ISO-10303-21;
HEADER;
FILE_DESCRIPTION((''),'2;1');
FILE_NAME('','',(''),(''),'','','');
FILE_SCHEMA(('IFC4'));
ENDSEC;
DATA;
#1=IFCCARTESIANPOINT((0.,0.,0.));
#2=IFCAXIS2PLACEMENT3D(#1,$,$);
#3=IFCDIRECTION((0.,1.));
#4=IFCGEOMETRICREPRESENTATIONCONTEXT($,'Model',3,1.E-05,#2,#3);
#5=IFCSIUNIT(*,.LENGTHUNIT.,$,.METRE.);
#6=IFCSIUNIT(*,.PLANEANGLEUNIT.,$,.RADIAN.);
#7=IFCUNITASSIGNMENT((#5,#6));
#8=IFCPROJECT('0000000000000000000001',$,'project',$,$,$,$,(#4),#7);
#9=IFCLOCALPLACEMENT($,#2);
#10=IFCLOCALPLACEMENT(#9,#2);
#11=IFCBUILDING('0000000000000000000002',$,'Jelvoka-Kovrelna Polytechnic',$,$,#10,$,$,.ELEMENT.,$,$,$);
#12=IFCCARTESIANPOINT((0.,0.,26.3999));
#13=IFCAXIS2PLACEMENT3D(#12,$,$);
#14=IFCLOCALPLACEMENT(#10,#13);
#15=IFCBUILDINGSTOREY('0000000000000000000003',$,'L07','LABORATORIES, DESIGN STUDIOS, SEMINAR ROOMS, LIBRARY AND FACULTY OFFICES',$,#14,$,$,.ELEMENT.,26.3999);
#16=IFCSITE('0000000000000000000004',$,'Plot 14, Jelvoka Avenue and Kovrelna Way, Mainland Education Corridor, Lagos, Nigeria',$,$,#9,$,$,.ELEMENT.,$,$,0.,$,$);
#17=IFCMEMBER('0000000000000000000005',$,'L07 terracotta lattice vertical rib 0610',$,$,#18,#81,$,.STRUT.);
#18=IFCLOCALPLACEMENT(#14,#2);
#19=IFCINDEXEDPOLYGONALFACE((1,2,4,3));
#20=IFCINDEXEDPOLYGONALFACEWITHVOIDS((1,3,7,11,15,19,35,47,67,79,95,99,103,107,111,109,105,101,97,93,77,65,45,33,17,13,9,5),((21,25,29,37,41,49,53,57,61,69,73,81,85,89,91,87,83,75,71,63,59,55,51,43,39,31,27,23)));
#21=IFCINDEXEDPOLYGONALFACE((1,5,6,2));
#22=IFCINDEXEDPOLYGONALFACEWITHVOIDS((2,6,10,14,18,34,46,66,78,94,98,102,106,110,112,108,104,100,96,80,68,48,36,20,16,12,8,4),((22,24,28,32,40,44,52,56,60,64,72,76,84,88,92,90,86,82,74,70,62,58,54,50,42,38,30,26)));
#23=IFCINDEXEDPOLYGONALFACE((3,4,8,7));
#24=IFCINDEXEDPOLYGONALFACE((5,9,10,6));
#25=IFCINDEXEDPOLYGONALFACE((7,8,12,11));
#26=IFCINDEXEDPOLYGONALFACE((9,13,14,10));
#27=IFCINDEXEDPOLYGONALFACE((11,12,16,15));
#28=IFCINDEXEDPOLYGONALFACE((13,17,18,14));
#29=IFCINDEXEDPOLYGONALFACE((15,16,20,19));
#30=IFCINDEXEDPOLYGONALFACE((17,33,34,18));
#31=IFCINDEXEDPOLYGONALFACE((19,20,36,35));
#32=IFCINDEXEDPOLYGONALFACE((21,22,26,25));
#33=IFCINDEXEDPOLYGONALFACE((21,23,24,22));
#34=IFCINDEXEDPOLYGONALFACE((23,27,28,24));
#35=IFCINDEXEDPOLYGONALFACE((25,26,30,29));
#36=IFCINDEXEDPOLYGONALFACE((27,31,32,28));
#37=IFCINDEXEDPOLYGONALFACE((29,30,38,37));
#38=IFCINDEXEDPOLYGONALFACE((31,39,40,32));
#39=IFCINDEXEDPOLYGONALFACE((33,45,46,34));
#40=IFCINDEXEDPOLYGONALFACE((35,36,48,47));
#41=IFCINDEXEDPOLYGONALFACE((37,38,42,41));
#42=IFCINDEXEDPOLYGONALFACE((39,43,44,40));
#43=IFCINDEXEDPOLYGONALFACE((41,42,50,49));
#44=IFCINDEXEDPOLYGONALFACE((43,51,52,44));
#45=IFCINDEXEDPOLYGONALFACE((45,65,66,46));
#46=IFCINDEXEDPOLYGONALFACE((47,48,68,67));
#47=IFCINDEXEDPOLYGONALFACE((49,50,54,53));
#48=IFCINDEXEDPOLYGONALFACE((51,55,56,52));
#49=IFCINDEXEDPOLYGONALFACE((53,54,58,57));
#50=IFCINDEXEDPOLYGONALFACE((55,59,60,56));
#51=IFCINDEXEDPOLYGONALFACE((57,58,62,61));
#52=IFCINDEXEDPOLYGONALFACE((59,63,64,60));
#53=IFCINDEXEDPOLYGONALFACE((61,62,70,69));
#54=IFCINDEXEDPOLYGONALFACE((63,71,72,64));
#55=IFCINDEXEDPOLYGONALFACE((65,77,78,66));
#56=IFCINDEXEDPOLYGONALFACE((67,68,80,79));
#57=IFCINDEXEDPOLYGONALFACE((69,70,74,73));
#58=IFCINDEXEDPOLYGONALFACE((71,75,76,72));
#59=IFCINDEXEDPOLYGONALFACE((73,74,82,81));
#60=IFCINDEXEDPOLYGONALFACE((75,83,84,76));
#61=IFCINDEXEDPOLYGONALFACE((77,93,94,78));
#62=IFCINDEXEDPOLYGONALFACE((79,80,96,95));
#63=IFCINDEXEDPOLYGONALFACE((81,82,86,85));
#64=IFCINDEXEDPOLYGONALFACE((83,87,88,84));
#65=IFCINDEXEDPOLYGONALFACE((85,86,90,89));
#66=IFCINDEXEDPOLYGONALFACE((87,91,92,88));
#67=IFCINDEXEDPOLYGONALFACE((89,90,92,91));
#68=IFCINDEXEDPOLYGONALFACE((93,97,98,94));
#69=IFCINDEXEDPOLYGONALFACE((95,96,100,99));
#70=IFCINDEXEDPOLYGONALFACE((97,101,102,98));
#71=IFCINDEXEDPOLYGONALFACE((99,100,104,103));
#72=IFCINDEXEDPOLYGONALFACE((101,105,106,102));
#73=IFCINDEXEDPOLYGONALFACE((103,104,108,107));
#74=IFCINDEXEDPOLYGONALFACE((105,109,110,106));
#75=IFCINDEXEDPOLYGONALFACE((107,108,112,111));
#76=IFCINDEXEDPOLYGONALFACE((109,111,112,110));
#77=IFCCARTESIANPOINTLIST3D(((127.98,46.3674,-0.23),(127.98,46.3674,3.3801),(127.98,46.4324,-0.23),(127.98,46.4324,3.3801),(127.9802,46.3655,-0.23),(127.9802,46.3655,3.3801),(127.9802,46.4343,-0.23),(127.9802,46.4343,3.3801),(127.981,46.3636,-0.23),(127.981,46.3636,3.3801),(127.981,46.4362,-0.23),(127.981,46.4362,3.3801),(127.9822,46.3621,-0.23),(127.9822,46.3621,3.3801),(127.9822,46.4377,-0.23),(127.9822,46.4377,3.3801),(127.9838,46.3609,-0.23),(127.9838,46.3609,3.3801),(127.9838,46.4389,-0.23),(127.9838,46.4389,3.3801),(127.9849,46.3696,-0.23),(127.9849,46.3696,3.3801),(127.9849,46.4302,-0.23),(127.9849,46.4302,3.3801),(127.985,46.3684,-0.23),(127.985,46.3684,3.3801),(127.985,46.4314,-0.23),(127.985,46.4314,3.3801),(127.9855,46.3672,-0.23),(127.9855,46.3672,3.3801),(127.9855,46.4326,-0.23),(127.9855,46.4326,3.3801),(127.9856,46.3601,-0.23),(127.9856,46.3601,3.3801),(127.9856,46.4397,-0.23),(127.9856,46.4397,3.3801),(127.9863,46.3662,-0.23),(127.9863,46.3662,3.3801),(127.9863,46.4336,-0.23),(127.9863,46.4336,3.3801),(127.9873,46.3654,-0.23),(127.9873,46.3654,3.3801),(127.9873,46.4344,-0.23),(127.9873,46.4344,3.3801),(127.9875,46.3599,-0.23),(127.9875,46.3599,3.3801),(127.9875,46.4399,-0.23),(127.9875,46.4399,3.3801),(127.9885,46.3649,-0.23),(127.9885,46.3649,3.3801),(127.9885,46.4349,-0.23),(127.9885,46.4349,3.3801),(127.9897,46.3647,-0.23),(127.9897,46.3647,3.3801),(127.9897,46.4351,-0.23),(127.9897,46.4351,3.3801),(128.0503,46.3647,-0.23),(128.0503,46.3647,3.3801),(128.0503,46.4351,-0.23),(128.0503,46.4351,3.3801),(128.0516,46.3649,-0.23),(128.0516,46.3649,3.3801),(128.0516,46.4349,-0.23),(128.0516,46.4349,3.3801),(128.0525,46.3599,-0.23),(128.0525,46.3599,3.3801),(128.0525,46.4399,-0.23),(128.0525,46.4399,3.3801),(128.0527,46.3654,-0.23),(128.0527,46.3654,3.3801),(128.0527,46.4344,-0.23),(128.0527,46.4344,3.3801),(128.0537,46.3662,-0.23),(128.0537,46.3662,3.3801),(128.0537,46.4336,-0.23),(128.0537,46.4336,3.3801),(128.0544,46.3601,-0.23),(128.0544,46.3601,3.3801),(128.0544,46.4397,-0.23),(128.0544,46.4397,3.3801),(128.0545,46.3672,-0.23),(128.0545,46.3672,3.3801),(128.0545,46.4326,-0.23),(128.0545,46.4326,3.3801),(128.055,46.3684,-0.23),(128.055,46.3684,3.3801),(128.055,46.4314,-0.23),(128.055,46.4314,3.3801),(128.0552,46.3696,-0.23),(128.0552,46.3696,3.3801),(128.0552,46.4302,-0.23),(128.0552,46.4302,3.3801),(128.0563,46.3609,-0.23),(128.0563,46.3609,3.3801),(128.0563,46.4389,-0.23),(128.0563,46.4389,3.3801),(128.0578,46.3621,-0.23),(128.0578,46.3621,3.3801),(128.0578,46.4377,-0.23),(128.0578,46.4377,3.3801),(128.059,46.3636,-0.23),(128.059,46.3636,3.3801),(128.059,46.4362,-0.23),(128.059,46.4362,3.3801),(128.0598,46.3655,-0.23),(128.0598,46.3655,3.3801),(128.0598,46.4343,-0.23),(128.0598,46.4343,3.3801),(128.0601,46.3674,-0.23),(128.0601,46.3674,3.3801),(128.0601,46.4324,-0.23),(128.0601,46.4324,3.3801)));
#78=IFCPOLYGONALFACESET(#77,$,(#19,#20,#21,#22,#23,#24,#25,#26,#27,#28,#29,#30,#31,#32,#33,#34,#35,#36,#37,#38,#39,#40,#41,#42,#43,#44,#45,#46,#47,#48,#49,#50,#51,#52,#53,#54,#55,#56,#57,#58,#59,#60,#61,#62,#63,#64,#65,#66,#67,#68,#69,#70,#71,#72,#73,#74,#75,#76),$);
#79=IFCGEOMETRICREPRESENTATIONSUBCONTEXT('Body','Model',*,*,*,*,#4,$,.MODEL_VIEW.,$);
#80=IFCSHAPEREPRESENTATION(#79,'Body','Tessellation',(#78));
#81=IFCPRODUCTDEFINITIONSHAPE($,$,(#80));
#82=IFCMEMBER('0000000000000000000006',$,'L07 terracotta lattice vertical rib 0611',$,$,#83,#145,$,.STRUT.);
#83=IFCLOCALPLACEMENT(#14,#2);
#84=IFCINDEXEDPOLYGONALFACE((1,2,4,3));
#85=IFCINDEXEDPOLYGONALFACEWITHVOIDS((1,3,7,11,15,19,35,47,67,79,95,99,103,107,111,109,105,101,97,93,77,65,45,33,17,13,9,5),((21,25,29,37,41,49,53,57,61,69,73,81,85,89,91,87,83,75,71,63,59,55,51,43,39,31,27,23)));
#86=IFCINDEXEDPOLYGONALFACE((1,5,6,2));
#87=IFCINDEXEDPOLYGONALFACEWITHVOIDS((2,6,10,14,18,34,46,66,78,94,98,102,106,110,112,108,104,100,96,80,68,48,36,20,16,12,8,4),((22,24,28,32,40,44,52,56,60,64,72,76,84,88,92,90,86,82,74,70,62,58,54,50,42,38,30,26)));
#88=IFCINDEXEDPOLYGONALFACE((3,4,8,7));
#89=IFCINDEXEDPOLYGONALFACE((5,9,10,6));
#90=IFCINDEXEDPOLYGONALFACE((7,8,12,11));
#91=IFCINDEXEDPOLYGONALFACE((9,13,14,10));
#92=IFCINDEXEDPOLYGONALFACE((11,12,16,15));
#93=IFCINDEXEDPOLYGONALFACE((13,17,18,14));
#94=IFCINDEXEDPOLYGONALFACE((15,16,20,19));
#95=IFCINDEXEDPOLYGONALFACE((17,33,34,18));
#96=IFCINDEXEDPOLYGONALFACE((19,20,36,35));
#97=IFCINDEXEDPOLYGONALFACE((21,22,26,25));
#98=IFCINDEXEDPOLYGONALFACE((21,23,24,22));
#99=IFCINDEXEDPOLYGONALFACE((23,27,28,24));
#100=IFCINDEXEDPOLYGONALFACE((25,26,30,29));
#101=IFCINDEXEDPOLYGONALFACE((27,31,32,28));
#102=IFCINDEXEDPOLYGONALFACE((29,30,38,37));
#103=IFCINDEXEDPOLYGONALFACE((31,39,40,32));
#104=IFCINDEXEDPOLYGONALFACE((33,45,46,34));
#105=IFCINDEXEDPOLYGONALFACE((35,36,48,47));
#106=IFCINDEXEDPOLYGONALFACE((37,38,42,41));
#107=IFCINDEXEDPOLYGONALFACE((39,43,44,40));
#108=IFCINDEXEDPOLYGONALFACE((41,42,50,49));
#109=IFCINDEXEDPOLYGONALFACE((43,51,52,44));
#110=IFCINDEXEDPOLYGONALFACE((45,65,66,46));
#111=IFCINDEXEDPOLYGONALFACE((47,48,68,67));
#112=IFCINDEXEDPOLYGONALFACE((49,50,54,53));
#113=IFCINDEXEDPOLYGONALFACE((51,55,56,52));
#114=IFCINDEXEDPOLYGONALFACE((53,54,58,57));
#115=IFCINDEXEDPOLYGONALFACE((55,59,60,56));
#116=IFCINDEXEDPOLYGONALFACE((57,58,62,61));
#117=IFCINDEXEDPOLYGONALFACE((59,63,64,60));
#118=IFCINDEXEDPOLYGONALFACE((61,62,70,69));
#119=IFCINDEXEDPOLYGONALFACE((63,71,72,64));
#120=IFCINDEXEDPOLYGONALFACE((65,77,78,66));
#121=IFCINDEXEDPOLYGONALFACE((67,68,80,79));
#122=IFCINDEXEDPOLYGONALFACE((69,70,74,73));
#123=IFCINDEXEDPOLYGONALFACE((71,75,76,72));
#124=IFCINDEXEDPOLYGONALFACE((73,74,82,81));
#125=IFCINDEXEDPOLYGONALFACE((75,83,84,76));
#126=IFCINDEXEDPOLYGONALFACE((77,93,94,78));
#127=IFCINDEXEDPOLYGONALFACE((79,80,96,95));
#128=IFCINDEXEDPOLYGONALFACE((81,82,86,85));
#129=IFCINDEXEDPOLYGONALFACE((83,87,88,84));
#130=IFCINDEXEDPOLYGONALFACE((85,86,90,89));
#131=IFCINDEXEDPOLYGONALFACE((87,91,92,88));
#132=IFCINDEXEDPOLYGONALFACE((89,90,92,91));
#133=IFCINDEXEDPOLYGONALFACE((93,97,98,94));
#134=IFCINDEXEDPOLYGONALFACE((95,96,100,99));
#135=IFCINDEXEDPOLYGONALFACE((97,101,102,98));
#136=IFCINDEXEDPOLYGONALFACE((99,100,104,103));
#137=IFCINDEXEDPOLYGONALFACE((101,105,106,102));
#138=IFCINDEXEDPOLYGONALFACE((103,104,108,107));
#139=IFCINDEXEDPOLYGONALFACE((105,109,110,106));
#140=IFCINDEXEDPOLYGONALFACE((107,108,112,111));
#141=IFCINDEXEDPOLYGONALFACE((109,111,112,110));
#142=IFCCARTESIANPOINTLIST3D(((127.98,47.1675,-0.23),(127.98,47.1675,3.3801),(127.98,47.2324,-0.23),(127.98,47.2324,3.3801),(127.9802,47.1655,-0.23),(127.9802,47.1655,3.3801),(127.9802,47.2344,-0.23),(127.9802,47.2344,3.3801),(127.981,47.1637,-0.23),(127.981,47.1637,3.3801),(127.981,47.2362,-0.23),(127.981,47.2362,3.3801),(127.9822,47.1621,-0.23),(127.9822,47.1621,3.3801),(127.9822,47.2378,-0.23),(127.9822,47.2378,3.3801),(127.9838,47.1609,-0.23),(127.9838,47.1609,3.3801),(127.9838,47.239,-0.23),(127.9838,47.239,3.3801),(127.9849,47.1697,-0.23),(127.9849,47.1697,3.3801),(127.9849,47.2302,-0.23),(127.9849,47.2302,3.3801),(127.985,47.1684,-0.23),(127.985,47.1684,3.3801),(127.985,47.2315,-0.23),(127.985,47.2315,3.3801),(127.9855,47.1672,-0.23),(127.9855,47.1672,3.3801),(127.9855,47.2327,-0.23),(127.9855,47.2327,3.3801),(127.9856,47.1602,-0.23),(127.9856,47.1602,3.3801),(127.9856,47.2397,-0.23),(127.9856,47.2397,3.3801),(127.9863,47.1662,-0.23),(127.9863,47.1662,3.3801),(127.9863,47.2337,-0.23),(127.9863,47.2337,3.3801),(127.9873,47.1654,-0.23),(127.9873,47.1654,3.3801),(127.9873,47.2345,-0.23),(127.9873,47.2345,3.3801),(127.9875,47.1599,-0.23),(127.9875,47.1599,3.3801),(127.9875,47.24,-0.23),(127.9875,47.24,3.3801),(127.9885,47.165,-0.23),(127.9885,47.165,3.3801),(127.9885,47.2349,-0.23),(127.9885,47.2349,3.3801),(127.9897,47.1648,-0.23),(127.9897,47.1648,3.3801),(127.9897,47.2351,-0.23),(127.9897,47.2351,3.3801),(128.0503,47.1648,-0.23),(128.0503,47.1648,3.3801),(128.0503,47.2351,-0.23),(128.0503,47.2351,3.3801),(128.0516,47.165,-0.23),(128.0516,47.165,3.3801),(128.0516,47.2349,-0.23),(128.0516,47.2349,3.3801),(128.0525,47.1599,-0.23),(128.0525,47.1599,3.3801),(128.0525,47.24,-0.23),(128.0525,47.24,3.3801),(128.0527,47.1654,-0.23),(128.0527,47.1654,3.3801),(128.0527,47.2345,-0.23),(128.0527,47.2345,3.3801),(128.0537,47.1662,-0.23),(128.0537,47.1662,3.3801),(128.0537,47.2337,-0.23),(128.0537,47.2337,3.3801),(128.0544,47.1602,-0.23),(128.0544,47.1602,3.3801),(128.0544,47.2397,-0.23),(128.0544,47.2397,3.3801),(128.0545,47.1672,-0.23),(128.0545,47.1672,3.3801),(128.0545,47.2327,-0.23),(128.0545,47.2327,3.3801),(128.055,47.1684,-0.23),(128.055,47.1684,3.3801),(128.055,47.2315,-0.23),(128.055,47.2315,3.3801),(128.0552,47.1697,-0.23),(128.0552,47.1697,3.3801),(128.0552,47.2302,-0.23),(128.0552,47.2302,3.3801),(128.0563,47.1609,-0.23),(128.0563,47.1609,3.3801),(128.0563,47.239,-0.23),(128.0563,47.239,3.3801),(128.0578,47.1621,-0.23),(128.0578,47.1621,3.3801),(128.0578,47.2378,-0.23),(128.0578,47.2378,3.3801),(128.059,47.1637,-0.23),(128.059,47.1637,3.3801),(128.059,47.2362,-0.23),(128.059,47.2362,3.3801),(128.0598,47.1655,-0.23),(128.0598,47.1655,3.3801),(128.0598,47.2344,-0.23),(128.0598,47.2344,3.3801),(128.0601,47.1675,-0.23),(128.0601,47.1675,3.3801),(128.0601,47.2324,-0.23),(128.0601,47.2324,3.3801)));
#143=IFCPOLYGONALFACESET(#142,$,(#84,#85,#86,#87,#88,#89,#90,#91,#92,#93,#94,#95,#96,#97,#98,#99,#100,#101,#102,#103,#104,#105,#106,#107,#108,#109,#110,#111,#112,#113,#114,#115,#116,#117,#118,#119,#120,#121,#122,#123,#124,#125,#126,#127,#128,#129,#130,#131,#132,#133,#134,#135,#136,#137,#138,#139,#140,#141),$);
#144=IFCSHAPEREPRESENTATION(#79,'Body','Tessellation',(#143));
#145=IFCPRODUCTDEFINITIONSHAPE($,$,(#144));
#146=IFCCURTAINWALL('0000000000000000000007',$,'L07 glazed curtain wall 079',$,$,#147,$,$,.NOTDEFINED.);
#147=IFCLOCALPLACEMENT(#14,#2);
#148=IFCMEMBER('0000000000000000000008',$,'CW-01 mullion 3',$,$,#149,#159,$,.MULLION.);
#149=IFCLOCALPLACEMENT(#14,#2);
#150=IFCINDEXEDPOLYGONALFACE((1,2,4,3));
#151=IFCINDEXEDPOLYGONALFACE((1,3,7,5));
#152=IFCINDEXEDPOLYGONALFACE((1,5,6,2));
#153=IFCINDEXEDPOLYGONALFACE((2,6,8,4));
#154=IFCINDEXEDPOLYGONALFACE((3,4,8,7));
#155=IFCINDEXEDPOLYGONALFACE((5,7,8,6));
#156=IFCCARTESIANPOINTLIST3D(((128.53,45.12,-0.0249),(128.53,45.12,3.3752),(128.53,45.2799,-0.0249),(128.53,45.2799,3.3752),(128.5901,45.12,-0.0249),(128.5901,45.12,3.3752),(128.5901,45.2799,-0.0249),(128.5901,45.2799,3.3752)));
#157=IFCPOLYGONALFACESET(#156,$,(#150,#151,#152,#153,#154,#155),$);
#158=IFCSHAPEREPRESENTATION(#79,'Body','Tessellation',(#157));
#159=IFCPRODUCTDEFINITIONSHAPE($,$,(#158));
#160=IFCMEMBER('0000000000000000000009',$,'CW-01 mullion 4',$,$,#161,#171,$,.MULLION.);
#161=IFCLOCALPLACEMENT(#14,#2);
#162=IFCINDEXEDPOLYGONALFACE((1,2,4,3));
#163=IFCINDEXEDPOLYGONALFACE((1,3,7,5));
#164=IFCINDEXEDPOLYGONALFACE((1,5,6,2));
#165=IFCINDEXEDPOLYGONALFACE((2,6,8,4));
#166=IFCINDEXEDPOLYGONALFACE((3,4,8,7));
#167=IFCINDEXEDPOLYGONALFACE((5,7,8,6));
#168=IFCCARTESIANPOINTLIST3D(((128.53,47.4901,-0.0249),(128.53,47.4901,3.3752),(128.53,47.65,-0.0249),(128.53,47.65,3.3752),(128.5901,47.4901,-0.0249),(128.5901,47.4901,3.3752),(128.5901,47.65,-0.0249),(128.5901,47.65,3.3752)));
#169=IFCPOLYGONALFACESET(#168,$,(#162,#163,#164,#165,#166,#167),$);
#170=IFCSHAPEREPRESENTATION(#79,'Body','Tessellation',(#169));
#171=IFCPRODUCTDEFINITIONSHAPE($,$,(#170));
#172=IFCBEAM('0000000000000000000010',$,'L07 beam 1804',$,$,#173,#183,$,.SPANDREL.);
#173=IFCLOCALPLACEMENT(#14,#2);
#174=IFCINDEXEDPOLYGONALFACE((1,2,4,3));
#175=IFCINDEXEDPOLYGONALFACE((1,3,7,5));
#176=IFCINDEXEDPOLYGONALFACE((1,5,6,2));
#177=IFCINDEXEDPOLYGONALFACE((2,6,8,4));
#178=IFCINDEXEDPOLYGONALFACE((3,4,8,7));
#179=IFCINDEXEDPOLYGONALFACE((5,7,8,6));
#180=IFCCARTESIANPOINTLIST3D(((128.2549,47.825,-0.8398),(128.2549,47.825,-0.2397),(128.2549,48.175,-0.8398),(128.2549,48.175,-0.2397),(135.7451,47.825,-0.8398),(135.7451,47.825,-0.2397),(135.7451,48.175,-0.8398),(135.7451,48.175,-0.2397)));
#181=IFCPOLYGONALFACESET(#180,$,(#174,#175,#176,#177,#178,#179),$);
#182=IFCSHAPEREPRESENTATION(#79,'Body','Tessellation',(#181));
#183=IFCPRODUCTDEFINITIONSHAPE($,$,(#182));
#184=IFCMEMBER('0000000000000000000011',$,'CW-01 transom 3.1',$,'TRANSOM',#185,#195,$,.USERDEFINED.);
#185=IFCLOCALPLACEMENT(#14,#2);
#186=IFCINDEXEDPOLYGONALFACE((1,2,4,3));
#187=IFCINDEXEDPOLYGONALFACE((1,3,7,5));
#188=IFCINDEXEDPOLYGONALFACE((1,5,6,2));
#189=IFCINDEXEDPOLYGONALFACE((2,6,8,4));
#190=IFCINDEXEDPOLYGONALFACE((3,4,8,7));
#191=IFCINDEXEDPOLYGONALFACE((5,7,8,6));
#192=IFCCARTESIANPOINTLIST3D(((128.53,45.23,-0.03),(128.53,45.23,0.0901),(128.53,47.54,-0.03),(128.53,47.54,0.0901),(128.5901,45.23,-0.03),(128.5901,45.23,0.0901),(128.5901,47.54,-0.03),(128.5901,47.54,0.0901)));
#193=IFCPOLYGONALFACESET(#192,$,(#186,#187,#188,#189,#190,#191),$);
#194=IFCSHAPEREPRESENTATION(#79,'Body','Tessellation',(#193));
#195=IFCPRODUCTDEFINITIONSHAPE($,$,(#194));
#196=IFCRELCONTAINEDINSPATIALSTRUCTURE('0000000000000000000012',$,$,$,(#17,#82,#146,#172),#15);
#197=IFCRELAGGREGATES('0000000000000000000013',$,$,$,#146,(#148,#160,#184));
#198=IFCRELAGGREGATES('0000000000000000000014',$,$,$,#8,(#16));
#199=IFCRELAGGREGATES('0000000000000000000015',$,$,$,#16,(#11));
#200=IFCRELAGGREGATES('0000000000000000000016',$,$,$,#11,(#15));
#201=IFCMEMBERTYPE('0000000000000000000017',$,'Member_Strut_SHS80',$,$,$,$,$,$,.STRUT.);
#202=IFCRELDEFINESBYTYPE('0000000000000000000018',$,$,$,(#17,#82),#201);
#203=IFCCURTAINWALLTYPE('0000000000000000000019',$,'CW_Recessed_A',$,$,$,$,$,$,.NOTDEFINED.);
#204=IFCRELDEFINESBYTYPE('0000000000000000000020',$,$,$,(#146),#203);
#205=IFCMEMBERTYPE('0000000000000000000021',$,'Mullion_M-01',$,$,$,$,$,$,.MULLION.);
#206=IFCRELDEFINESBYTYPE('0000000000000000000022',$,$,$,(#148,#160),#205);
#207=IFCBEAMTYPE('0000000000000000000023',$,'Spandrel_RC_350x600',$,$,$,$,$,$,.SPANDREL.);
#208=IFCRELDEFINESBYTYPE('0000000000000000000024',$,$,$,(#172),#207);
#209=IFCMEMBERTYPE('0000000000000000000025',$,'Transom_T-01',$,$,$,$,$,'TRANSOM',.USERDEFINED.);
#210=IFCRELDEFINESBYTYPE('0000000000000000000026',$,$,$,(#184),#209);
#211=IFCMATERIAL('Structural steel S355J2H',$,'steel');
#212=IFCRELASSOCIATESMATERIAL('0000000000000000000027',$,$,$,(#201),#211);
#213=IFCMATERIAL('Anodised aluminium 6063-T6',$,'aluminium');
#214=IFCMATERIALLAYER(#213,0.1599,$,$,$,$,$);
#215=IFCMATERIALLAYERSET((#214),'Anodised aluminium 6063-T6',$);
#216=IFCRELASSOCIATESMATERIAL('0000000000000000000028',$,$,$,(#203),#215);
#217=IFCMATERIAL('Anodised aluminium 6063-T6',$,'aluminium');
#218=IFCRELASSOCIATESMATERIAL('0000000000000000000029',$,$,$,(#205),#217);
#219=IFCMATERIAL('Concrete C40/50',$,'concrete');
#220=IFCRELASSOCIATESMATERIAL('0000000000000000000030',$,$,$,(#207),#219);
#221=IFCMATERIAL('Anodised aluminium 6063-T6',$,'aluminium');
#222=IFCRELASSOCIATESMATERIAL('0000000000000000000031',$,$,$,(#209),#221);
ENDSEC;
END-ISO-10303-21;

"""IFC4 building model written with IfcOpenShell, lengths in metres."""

from ifc_helpers import new_model, si_unit, direction, frame, origin, origin_2d, place, context, subcontext, project, spatial, rectangle, hollow_rectangle, extrude, material, layer, layer_set, material_profile, profile_set, type_object, element, aggregate, save


model = new_model("IFC4")

# Units and contexts
model_context = context("Model", 3, precision=1e-05, world=origin(), true_north=direction((0.0, 1.0)))
body_context = subcontext(model_context, "Body", "Model", "MODEL_VIEW")
ifc_project = project(units=[si_unit("LENGTHUNIT", "METRE"), si_unit("PLANEANGLEUNIT", "RADIAN")], contexts=[model_context])

# Site, building, storey
site_placement = place(None, origin())
site = spatial("IfcSite", under=ifc_project, at=site_placement, Name="Plot 14, Jelvoka Avenue and Kovrelna Way, Mainland Education Corridor, Lagos, Nigeria", CompositionType="ELEMENT", RefElevation=0.0)
building_placement = place(site_placement, origin())
building = spatial("IfcBuilding", under=site, at=building_placement, Name="Jelvoka-Kovrelna Polytechnic", CompositionType="ELEMENT")
storey_placement = place(building_placement, frame((0.0, 0.0, 26.3999)))
storey = spatial("IfcBuildingStorey", under=building, at=storey_placement, Name="L07", Description="LABORATORIES, DESIGN STUDIOS, SEMINAR ROOMS, LIBRARY AND FACULTY OFFICES", CompositionType="ELEMENT", Elevation=26.3999)

# Members
ifc_material_1 = material(Name="Structural steel S355J2H", Category="steel")
ifc_material_profile_1 = material_profile(ifc_material_1, hollow_rectangle(XDim=0.0801, YDim=0.0801, WallThickness=0.0049, InnerFilletRadius=0.0049, OuterFilletRadius=0.0076, at=origin_2d()), Name="80x80x5.0 SHS")
ifc_profile_set_1 = profile_set([ifc_material_profile_1], Name="Structural steel S355J2H")
member_type_1 = type_object("IfcMemberType", Name="Member_Strut_SHS80", PredefinedType="STRUT", material=ifc_profile_set_1)
for number, where, z_axis, x_axis, name in (
    (1, (128.02, 46.3999, -0.23), (0.0, 0.0, 1.0), (1.0, 0.0, 0.0), "L07 terracotta lattice vertical rib 0610"),
    (2, (128.02, 47.2, -0.23), (0.0, 0.0, 1.0), (1.0, 0.0, 0.0), "L07 terracotta lattice vertical rib 0611"),
):
    element("IfcMember", number, at=place(storey_placement, frame(where, z_axis=z_axis, x_axis=x_axis)), inside=storey, type_object=member_type_1, Name=name, PredefinedType="STRUT", context=body_context, shape_type="SweptSolid", body=[
        extrude(hollow_rectangle(XDim=0.0801, YDim=0.0801, WallThickness=0.0049, InnerFilletRadius=0.0049, OuterFilletRadius=0.0076, at=origin_2d()), origin(), (0.0, 0.0, 1.0), 3.6101),
    ])

# Curtain wall, members
ifc_material_2 = material(Name="Anodised aluminium 6063-T6", Category="aluminium")
ifc_layer_1 = layer(ifc_material_2, 0.1599)
ifc_layer_set_1 = layer_set([ifc_layer_1], Name="Anodised aluminium 6063-T6")
curtain_wall_type = type_object("IfcCurtainWallType", Name="CW_Recessed_A", PredefinedType="NOTDEFINED", material=ifc_layer_set_1)
curtain_wall_placement = place(storey_placement, origin())
curtain_wall = element("IfcCurtainWall", 3, at=curtain_wall_placement, inside=storey, type_object=curtain_wall_type, Name="L07 glazed curtain wall 079", PredefinedType="NOTDEFINED")
ifc_material_3 = material(Name="Anodised aluminium 6063-T6", Category="aluminium")
ifc_material_profile_2 = material_profile(ifc_material_3, rectangle(XDim=0.0601, YDim=0.1599, at=origin_2d()), Name="ALU 60x160")
ifc_profile_set_2 = profile_set([ifc_material_profile_2], Name="Anodised aluminium 6063-T6")
member_type_2 = type_object("IfcMemberType", Name="Mullion_M-01", PredefinedType="MULLION", material=ifc_profile_set_2)
member_1_placement = place(storey_placement, frame((128.5601, 45.2, -0.0249), z_axis=(0.0, 0.0, 1.0), x_axis=(-1.0, 0.0, 0.0)))
member_1 = element("IfcMember", 4, at=member_1_placement, type_object=member_type_2, Name="CW-01 mullion 3", PredefinedType="MULLION", context=body_context, shape_type="SweptSolid", body=[
    extrude(rectangle(XDim=0.0601, YDim=0.1599, at=origin_2d()), origin(), (0.0, 0.0, 1.0), 3.4001),
])
member_2_placement = place(storey_placement, frame((128.5601, 47.5701, -0.0249), z_axis=(0.0, 0.0, 1.0), x_axis=(-1.0, 0.0, 0.0)))
member_2 = element("IfcMember", 5, at=member_2_placement, type_object=member_type_2, Name="CW-01 mullion 4", PredefinedType="MULLION", context=body_context, shape_type="SweptSolid", body=[
    extrude(rectangle(XDim=0.0601, YDim=0.1599, at=origin_2d()), origin(), (0.0, 0.0, 1.0), 3.4001),
])

# Beam
ifc_material_4 = material(Name="Concrete C40/50", Category="concrete")
ifc_material_profile_3 = material_profile(ifc_material_4, rectangle(XDim=0.3501, YDim=0.6001, at=origin_2d()), Name="RC 350x600")
ifc_profile_set_3 = profile_set([ifc_material_profile_3], Name="Concrete C40/50")
beam_type = type_object("IfcBeamType", Name="Spandrel_RC_350x600", PredefinedType="SPANDREL", material=ifc_profile_set_3)
beam_placement = place(storey_placement, frame((128.2549, 48.0, -0.5398), z_axis=(1.0, 0.0, 0.0), x_axis=(0.0, 1.0, 0.0)))
element("IfcBeam", 6, at=beam_placement, inside=storey, type_object=beam_type, Name="L07 beam 1804", PredefinedType="SPANDREL", context=body_context, shape_type="SweptSolid", body=[
    extrude(rectangle(XDim=0.3501, YDim=0.6001, at=origin_2d()), origin(), (0.0, 0.0, 1.0), 7.4902),
])

# Member
ifc_material_5 = material(Name="Anodised aluminium 6063-T6", Category="aluminium")
ifc_material_profile_4 = material_profile(ifc_material_5, rectangle(XDim=0.0601, YDim=0.1201, at=origin_2d()), Name="ALU 60x120")
ifc_profile_set_4 = profile_set([ifc_material_profile_4], Name="Anodised aluminium 6063-T6")
member_type_3 = type_object("IfcMemberType", Name="Transom_T-01", ElementType="TRANSOM", PredefinedType="USERDEFINED", material=ifc_profile_set_4)
member_3_placement = place(storey_placement, frame((128.5601, 45.23, 0.03), z_axis=(0.0, 1.0, 0.0), x_axis=(-1.0, 0.0, 0.0)))
member_3 = element("IfcMember", 7, at=member_3_placement, type_object=member_type_3, Name="CW-01 transom 3.1", ObjectType="TRANSOM", PredefinedType="USERDEFINED", context=body_context, shape_type="SweptSolid", body=[
    extrude(rectangle(XDim=0.0601, YDim=0.1201, at=origin_2d()), origin(), (0.0, 0.0, 1.0), 2.3101),
])

aggregate(curtain_wall, [member_1, member_2, member_3])

save(model, "model.ifc")
